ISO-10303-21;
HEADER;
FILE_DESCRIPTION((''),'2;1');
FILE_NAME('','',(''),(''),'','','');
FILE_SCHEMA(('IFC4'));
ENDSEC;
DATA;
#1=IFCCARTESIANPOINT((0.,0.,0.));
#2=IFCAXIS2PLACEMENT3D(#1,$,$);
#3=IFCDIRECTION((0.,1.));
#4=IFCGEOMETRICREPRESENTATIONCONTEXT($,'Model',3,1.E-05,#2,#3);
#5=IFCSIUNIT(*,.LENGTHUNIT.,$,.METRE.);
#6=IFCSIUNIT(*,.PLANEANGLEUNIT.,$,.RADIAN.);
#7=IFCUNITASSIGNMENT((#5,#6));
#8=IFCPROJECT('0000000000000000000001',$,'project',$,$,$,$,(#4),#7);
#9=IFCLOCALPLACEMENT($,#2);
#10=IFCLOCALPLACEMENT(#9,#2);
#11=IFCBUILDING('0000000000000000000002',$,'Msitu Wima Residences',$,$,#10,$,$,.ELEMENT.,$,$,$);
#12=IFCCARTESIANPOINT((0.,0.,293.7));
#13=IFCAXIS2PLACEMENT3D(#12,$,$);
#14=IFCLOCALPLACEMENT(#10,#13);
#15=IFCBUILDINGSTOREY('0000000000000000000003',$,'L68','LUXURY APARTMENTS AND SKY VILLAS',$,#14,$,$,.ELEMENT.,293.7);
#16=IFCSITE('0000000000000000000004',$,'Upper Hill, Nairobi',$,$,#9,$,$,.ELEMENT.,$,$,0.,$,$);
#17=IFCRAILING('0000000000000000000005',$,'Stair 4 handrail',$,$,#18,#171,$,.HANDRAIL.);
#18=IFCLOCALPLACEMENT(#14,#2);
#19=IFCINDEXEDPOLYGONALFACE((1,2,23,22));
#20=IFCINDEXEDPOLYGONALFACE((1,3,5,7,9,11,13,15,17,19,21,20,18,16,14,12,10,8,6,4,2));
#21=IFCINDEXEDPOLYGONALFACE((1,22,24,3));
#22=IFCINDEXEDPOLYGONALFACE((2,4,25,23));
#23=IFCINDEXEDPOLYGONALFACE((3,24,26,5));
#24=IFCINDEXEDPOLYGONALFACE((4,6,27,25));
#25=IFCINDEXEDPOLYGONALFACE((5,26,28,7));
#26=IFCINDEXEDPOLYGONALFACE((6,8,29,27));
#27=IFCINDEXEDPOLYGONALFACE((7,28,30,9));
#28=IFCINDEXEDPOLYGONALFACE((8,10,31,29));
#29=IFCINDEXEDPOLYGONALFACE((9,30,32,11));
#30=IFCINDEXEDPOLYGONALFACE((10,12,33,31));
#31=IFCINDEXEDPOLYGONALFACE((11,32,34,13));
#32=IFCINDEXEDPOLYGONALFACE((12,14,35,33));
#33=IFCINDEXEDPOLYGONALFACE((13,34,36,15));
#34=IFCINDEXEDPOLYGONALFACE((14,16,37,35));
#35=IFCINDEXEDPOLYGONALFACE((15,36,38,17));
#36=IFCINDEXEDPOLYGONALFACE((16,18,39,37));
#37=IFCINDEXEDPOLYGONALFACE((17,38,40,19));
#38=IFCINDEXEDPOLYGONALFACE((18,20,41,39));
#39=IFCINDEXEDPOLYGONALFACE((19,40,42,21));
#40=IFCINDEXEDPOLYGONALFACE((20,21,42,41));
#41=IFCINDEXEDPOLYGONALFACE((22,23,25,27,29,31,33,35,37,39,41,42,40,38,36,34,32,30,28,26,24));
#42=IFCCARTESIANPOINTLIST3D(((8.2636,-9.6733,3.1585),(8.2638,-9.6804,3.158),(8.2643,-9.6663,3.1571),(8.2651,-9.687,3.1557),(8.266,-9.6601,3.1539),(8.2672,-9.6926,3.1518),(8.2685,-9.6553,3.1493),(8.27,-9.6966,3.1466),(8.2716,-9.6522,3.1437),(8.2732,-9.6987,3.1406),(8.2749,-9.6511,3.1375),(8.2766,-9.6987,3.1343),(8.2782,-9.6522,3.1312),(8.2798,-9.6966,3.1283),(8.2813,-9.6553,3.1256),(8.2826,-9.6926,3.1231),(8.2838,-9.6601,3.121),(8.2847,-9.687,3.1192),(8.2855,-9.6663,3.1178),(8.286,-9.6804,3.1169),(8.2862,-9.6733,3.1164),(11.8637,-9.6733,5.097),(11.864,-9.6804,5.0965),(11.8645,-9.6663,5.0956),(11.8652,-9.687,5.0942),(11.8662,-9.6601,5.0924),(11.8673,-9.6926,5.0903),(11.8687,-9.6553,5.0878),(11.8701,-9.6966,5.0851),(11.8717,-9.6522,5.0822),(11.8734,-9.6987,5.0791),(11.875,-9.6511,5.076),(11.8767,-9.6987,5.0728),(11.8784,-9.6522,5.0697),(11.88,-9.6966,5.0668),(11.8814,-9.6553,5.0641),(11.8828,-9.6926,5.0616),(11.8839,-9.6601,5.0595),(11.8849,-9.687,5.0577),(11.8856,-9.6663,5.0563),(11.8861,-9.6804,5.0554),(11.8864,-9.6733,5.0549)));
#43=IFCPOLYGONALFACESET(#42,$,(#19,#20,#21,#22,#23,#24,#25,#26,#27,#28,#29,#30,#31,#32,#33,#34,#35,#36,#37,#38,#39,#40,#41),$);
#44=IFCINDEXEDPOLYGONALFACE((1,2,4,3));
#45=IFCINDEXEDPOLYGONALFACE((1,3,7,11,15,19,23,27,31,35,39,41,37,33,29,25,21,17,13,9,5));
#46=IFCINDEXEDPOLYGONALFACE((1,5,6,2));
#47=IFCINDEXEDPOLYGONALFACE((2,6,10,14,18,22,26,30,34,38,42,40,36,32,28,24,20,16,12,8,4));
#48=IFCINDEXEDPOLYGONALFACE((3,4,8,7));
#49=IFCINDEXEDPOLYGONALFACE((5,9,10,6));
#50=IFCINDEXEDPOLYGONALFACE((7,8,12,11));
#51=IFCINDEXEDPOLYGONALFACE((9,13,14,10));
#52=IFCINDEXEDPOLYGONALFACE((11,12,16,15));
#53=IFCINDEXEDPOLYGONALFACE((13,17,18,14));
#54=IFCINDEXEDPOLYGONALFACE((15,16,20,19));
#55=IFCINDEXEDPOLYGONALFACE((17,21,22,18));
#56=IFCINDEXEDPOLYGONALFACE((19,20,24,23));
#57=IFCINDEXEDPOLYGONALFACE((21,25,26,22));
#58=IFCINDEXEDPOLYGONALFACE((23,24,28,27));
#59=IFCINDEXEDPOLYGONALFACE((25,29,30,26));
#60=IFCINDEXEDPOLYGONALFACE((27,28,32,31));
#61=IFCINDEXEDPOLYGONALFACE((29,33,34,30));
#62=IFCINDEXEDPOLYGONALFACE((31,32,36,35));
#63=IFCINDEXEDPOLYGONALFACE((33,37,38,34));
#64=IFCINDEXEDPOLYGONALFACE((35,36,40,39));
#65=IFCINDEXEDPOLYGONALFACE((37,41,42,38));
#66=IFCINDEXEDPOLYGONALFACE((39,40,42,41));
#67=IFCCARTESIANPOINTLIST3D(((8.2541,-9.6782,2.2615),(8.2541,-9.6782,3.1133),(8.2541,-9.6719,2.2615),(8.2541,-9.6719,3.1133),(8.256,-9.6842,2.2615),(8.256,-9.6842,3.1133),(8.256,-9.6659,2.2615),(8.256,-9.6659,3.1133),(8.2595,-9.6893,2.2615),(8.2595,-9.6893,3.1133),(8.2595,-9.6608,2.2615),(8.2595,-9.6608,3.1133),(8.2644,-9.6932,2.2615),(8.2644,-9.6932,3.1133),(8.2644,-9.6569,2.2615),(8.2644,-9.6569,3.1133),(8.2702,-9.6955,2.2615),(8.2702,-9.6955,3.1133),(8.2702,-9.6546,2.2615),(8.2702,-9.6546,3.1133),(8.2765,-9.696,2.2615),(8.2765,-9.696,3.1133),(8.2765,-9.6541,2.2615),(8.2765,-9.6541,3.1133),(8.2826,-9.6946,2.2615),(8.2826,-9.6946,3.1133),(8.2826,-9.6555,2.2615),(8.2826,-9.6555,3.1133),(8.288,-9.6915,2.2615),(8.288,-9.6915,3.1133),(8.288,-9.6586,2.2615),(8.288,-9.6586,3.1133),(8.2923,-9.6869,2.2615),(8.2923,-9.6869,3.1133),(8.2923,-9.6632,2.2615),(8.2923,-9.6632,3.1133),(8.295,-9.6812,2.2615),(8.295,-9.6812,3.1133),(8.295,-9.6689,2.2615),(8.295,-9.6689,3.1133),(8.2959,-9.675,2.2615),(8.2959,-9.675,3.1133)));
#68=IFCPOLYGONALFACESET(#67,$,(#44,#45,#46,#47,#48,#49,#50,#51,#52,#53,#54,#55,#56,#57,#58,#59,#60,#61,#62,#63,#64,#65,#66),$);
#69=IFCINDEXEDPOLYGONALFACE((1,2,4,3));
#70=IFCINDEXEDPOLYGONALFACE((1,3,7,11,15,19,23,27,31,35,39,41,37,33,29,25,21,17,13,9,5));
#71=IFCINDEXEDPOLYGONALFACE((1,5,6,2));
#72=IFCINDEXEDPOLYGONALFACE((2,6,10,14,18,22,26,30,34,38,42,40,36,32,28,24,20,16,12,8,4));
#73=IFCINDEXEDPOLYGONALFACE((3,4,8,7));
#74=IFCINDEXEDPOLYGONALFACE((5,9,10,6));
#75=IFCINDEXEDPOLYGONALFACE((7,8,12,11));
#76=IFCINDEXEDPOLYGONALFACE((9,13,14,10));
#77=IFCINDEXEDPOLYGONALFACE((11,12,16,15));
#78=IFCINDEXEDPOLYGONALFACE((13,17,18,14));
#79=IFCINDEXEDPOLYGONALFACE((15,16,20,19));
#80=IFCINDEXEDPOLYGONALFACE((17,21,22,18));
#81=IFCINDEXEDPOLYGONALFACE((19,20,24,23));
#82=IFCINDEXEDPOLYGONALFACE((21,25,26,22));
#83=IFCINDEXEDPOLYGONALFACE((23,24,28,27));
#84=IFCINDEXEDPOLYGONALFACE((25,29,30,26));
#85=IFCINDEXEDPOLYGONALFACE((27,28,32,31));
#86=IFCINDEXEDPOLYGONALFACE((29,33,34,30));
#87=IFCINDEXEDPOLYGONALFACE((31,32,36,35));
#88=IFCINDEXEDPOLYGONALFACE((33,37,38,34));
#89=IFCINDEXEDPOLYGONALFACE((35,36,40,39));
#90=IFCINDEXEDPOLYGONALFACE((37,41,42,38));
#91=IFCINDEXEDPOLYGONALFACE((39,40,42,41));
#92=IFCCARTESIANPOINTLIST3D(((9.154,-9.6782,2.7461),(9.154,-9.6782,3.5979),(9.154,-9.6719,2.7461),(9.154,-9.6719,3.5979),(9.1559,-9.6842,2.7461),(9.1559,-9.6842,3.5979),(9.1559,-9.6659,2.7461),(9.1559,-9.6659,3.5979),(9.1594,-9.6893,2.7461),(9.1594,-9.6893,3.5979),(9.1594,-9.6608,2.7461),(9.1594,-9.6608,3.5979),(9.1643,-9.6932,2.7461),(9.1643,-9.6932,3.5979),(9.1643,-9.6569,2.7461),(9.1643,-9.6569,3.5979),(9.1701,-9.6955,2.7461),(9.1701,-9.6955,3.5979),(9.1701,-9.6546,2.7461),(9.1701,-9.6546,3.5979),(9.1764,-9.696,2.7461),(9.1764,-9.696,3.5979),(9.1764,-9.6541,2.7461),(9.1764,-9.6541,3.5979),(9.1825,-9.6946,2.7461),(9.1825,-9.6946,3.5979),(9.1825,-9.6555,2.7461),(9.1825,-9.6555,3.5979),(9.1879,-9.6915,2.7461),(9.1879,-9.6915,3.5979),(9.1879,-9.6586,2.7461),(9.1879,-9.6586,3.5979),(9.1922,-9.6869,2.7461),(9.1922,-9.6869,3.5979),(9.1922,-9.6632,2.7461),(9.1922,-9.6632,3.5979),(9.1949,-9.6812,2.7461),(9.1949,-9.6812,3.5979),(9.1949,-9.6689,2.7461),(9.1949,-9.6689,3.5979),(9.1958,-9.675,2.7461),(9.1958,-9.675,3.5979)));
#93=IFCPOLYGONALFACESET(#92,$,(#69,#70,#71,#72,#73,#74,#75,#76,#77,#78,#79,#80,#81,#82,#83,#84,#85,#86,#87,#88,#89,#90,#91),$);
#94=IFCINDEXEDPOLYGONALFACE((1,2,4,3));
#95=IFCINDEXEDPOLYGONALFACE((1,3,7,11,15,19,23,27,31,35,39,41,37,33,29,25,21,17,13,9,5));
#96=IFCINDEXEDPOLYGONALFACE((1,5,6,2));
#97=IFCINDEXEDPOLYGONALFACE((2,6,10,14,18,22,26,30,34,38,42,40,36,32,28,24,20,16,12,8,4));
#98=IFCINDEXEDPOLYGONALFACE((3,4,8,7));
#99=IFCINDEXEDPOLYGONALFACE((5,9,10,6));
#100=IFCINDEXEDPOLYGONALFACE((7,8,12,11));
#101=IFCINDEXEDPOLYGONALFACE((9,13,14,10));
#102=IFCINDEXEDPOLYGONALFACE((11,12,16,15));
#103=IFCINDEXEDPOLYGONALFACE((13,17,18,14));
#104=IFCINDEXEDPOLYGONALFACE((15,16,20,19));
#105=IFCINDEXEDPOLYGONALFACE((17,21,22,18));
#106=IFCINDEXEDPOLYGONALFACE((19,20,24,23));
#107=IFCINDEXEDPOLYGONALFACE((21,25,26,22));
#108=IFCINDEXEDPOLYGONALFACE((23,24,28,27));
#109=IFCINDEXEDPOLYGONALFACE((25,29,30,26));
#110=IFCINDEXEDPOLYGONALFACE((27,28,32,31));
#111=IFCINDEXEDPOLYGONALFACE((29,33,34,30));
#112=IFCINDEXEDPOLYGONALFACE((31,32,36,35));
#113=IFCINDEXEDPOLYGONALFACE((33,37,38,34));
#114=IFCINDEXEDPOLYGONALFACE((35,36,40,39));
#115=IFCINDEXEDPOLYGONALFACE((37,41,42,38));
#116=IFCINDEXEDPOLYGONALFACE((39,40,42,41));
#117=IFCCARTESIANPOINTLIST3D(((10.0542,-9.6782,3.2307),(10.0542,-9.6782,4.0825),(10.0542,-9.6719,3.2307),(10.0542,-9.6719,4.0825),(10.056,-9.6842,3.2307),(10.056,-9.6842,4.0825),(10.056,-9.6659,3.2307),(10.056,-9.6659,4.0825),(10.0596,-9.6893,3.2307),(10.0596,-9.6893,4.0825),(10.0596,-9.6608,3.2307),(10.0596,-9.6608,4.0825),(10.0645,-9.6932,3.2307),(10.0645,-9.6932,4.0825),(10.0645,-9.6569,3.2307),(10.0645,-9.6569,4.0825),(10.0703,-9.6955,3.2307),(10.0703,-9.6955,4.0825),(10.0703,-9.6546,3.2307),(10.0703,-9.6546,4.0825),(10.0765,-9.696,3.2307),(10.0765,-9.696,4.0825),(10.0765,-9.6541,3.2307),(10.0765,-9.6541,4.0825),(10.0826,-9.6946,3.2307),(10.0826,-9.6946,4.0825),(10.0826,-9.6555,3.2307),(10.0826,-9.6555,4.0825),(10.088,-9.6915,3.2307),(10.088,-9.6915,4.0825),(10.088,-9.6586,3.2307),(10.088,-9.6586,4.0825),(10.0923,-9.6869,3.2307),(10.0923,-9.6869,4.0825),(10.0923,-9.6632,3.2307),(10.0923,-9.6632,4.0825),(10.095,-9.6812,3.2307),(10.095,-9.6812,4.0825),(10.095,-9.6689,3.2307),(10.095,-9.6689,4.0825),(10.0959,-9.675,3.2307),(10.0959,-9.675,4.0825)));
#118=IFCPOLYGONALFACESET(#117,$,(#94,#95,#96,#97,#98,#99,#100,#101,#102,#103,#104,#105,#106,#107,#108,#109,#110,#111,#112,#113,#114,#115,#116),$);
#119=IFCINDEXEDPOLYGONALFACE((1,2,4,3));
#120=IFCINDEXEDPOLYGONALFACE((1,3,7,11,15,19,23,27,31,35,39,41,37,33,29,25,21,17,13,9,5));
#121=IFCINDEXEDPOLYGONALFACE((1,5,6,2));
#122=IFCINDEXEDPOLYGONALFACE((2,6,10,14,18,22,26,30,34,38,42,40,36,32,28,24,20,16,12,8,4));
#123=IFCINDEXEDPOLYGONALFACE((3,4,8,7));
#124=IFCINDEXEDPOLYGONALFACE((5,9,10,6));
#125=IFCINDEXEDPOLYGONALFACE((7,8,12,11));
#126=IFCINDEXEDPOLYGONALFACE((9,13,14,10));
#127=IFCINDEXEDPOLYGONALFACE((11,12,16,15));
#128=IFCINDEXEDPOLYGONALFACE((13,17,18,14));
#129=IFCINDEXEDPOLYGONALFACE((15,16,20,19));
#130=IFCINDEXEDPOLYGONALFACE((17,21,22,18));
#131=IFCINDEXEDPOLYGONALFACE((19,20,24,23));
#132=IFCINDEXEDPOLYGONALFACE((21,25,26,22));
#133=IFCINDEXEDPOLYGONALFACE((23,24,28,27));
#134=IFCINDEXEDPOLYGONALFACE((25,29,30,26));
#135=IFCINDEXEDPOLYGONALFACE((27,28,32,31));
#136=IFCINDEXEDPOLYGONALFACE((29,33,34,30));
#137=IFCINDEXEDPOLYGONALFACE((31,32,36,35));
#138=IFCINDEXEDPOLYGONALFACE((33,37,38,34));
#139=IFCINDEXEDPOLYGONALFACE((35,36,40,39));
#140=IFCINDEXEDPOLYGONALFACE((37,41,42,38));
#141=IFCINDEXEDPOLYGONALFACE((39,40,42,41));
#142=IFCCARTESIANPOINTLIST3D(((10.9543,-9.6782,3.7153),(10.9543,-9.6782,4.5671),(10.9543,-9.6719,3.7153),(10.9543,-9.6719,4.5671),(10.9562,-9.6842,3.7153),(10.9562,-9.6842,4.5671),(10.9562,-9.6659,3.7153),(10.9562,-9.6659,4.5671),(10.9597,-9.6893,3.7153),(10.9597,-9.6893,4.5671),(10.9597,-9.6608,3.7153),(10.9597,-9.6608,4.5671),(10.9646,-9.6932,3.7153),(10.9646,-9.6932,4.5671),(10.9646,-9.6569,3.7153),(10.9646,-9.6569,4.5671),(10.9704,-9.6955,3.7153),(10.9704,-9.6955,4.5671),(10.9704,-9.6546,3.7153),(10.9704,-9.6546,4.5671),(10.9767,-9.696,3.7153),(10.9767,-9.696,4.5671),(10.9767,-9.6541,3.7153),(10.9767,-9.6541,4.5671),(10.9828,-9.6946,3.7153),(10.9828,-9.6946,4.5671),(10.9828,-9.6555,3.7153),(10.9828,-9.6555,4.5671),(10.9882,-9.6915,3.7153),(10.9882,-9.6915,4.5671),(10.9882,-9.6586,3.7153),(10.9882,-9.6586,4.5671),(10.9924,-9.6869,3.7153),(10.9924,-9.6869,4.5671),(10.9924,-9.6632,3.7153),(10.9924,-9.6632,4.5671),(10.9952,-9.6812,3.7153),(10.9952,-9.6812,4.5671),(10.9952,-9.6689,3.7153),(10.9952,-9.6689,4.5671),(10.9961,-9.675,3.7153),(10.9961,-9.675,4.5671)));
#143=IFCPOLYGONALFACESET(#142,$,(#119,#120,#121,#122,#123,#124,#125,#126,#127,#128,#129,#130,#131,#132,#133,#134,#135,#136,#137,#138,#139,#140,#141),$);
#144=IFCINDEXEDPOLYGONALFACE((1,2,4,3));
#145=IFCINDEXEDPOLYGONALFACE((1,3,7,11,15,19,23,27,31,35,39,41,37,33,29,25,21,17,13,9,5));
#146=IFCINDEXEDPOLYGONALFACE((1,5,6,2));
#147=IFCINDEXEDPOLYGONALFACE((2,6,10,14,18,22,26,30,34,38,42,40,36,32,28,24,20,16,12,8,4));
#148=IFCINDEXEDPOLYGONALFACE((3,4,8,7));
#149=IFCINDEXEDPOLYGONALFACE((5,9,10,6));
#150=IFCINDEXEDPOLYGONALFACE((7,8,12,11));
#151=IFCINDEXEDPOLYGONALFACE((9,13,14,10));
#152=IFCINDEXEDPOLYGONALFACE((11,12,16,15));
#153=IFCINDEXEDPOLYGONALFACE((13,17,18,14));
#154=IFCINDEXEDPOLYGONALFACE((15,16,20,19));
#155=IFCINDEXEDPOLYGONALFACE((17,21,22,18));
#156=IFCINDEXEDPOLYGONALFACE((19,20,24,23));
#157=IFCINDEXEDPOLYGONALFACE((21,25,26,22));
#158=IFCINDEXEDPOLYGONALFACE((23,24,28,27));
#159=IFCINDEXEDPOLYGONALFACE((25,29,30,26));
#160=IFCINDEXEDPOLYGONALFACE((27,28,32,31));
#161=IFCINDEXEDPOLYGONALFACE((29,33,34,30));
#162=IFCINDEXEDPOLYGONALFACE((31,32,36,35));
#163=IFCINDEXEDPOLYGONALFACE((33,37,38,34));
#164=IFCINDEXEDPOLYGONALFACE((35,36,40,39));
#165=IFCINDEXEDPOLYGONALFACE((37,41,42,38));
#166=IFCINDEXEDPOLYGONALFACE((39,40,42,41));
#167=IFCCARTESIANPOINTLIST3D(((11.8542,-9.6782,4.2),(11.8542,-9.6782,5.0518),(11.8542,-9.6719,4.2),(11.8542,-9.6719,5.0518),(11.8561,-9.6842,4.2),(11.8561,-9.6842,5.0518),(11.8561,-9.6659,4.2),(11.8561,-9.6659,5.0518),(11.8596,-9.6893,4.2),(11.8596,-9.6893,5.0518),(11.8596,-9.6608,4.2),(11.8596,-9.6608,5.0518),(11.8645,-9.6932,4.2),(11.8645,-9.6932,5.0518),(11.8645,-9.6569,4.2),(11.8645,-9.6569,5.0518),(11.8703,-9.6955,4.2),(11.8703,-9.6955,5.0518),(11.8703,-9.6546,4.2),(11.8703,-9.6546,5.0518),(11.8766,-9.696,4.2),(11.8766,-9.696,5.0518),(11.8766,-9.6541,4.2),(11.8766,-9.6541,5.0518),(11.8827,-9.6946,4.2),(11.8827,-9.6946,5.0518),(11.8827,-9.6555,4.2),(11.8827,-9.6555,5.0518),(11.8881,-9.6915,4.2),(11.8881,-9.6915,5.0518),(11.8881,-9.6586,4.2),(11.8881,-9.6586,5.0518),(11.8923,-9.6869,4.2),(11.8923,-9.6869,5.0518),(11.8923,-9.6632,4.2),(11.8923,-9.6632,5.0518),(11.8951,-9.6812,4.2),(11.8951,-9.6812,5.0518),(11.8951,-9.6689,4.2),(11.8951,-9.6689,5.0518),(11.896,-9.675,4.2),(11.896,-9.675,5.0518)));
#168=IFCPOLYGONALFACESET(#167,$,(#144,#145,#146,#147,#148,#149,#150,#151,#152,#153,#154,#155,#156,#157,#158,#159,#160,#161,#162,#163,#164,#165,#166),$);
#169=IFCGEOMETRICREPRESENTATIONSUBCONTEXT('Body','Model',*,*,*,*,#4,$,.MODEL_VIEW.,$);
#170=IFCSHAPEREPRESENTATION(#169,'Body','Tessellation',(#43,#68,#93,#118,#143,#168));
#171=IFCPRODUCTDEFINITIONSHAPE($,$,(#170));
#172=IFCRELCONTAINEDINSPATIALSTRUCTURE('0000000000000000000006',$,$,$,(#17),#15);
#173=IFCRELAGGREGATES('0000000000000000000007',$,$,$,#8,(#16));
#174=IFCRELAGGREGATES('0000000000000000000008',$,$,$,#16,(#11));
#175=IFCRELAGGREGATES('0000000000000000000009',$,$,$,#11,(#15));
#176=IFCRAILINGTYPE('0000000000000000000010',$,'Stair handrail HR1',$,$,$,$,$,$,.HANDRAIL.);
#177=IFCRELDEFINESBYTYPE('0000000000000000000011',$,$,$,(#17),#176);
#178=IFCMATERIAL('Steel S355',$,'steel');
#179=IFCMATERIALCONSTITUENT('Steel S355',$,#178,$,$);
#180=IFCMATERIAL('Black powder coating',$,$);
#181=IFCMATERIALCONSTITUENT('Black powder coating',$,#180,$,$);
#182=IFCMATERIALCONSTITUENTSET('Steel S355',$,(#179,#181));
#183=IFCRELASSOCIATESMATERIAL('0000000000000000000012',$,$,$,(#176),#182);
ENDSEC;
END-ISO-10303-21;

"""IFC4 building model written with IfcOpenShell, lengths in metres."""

from ifc_helpers import new_model, si_unit, direction, frame, origin, origin_2d, place, context, subcontext, project, spatial, circle, extrude, material, constituent, constituent_set, type_object, element, save


model = new_model("IFC4")

# Units and contexts
model_context = context("Model", 3, precision=1e-05, world=origin(), true_north=direction((0.0, 1.0)))
body_context = subcontext(model_context, "Body", "Model", "MODEL_VIEW")
ifc_project = project(units=[si_unit("LENGTHUNIT", "METRE"), si_unit("PLANEANGLEUNIT", "RADIAN")], contexts=[model_context])

# Site, building, storey
site_placement = place(None, origin())
site = spatial("IfcSite", under=ifc_project, at=site_placement, Name="Upper Hill, Nairobi", CompositionType="ELEMENT", RefElevation=0.0)
building_placement = place(site_placement, origin())
building = spatial("IfcBuilding", under=site, at=building_placement, Name="Msitu Wima Residences", CompositionType="ELEMENT")
storey_placement = place(building_placement, frame((0.0, 0.0, 293.7)))
storey = spatial("IfcBuildingStorey", under=building, at=storey_placement, Name="L68", Description="LUXURY APARTMENTS AND SKY VILLAS", CompositionType="ELEMENT", Elevation=293.7)

# Railing
ifc_material_1 = material(Name="Steel S355", Category="steel")
ifc_constituent_1 = constituent(ifc_material_1, Name="Steel S355")
ifc_material_2 = material(Name="Black powder coating")
ifc_constituent_2 = constituent(ifc_material_2, Name="Black powder coating")
ifc_constituent_set = constituent_set(constituents=[ifc_constituent_1, ifc_constituent_2], Name="Steel S355")
railing_type = type_object("IfcRailingType", Name="Stair handrail HR1", PredefinedType="HANDRAIL", material=ifc_constituent_set)
for number, where, name in (
    (1, (8.2749, -9.675, 2.2615), "Stair 4 handrail"),
):
    element("IfcRailing", number, at=place(storey_placement, frame(where)), inside=storey, type_object=railing_type, Name=name, PredefinedType="HANDRAIL", context=body_context, shape_type="SweptSolid", body=[
        extrude(circle(Radius=0.0239, at=origin_2d()), frame((0.0, 0.0, 0.876), z_axis=(0.880475, 0.0, 0.474093), x_axis=(0.0, 1.0, 0.0)), (0.0, 0.0, 1.0), 4.0889),
        extrude(circle(Radius=0.021, at=origin_2d()), origin(), (0.0, 0.0, 1.0), 0.8518),
        extrude(circle(Radius=0.021, at=origin_2d()), frame((0.8999, 0.0, 0.4846)), (0.0, 0.0, 1.0), 0.8518),
        extrude(circle(Radius=0.021, at=origin_2d()), frame((1.8, 0.0, 0.9692)), (0.0, 0.0, 1.0), 0.8518),
        extrude(circle(Radius=0.021, at=origin_2d()), frame((2.7002, 0.0, 1.4539)), (0.0, 0.0, 1.0), 0.8518),
        extrude(circle(Radius=0.021, at=origin_2d()), frame((3.6001, 0.0, 1.9385)), (0.0, 0.0, 1.0), 0.8518),
    ])

save(model, "model.ifc")
